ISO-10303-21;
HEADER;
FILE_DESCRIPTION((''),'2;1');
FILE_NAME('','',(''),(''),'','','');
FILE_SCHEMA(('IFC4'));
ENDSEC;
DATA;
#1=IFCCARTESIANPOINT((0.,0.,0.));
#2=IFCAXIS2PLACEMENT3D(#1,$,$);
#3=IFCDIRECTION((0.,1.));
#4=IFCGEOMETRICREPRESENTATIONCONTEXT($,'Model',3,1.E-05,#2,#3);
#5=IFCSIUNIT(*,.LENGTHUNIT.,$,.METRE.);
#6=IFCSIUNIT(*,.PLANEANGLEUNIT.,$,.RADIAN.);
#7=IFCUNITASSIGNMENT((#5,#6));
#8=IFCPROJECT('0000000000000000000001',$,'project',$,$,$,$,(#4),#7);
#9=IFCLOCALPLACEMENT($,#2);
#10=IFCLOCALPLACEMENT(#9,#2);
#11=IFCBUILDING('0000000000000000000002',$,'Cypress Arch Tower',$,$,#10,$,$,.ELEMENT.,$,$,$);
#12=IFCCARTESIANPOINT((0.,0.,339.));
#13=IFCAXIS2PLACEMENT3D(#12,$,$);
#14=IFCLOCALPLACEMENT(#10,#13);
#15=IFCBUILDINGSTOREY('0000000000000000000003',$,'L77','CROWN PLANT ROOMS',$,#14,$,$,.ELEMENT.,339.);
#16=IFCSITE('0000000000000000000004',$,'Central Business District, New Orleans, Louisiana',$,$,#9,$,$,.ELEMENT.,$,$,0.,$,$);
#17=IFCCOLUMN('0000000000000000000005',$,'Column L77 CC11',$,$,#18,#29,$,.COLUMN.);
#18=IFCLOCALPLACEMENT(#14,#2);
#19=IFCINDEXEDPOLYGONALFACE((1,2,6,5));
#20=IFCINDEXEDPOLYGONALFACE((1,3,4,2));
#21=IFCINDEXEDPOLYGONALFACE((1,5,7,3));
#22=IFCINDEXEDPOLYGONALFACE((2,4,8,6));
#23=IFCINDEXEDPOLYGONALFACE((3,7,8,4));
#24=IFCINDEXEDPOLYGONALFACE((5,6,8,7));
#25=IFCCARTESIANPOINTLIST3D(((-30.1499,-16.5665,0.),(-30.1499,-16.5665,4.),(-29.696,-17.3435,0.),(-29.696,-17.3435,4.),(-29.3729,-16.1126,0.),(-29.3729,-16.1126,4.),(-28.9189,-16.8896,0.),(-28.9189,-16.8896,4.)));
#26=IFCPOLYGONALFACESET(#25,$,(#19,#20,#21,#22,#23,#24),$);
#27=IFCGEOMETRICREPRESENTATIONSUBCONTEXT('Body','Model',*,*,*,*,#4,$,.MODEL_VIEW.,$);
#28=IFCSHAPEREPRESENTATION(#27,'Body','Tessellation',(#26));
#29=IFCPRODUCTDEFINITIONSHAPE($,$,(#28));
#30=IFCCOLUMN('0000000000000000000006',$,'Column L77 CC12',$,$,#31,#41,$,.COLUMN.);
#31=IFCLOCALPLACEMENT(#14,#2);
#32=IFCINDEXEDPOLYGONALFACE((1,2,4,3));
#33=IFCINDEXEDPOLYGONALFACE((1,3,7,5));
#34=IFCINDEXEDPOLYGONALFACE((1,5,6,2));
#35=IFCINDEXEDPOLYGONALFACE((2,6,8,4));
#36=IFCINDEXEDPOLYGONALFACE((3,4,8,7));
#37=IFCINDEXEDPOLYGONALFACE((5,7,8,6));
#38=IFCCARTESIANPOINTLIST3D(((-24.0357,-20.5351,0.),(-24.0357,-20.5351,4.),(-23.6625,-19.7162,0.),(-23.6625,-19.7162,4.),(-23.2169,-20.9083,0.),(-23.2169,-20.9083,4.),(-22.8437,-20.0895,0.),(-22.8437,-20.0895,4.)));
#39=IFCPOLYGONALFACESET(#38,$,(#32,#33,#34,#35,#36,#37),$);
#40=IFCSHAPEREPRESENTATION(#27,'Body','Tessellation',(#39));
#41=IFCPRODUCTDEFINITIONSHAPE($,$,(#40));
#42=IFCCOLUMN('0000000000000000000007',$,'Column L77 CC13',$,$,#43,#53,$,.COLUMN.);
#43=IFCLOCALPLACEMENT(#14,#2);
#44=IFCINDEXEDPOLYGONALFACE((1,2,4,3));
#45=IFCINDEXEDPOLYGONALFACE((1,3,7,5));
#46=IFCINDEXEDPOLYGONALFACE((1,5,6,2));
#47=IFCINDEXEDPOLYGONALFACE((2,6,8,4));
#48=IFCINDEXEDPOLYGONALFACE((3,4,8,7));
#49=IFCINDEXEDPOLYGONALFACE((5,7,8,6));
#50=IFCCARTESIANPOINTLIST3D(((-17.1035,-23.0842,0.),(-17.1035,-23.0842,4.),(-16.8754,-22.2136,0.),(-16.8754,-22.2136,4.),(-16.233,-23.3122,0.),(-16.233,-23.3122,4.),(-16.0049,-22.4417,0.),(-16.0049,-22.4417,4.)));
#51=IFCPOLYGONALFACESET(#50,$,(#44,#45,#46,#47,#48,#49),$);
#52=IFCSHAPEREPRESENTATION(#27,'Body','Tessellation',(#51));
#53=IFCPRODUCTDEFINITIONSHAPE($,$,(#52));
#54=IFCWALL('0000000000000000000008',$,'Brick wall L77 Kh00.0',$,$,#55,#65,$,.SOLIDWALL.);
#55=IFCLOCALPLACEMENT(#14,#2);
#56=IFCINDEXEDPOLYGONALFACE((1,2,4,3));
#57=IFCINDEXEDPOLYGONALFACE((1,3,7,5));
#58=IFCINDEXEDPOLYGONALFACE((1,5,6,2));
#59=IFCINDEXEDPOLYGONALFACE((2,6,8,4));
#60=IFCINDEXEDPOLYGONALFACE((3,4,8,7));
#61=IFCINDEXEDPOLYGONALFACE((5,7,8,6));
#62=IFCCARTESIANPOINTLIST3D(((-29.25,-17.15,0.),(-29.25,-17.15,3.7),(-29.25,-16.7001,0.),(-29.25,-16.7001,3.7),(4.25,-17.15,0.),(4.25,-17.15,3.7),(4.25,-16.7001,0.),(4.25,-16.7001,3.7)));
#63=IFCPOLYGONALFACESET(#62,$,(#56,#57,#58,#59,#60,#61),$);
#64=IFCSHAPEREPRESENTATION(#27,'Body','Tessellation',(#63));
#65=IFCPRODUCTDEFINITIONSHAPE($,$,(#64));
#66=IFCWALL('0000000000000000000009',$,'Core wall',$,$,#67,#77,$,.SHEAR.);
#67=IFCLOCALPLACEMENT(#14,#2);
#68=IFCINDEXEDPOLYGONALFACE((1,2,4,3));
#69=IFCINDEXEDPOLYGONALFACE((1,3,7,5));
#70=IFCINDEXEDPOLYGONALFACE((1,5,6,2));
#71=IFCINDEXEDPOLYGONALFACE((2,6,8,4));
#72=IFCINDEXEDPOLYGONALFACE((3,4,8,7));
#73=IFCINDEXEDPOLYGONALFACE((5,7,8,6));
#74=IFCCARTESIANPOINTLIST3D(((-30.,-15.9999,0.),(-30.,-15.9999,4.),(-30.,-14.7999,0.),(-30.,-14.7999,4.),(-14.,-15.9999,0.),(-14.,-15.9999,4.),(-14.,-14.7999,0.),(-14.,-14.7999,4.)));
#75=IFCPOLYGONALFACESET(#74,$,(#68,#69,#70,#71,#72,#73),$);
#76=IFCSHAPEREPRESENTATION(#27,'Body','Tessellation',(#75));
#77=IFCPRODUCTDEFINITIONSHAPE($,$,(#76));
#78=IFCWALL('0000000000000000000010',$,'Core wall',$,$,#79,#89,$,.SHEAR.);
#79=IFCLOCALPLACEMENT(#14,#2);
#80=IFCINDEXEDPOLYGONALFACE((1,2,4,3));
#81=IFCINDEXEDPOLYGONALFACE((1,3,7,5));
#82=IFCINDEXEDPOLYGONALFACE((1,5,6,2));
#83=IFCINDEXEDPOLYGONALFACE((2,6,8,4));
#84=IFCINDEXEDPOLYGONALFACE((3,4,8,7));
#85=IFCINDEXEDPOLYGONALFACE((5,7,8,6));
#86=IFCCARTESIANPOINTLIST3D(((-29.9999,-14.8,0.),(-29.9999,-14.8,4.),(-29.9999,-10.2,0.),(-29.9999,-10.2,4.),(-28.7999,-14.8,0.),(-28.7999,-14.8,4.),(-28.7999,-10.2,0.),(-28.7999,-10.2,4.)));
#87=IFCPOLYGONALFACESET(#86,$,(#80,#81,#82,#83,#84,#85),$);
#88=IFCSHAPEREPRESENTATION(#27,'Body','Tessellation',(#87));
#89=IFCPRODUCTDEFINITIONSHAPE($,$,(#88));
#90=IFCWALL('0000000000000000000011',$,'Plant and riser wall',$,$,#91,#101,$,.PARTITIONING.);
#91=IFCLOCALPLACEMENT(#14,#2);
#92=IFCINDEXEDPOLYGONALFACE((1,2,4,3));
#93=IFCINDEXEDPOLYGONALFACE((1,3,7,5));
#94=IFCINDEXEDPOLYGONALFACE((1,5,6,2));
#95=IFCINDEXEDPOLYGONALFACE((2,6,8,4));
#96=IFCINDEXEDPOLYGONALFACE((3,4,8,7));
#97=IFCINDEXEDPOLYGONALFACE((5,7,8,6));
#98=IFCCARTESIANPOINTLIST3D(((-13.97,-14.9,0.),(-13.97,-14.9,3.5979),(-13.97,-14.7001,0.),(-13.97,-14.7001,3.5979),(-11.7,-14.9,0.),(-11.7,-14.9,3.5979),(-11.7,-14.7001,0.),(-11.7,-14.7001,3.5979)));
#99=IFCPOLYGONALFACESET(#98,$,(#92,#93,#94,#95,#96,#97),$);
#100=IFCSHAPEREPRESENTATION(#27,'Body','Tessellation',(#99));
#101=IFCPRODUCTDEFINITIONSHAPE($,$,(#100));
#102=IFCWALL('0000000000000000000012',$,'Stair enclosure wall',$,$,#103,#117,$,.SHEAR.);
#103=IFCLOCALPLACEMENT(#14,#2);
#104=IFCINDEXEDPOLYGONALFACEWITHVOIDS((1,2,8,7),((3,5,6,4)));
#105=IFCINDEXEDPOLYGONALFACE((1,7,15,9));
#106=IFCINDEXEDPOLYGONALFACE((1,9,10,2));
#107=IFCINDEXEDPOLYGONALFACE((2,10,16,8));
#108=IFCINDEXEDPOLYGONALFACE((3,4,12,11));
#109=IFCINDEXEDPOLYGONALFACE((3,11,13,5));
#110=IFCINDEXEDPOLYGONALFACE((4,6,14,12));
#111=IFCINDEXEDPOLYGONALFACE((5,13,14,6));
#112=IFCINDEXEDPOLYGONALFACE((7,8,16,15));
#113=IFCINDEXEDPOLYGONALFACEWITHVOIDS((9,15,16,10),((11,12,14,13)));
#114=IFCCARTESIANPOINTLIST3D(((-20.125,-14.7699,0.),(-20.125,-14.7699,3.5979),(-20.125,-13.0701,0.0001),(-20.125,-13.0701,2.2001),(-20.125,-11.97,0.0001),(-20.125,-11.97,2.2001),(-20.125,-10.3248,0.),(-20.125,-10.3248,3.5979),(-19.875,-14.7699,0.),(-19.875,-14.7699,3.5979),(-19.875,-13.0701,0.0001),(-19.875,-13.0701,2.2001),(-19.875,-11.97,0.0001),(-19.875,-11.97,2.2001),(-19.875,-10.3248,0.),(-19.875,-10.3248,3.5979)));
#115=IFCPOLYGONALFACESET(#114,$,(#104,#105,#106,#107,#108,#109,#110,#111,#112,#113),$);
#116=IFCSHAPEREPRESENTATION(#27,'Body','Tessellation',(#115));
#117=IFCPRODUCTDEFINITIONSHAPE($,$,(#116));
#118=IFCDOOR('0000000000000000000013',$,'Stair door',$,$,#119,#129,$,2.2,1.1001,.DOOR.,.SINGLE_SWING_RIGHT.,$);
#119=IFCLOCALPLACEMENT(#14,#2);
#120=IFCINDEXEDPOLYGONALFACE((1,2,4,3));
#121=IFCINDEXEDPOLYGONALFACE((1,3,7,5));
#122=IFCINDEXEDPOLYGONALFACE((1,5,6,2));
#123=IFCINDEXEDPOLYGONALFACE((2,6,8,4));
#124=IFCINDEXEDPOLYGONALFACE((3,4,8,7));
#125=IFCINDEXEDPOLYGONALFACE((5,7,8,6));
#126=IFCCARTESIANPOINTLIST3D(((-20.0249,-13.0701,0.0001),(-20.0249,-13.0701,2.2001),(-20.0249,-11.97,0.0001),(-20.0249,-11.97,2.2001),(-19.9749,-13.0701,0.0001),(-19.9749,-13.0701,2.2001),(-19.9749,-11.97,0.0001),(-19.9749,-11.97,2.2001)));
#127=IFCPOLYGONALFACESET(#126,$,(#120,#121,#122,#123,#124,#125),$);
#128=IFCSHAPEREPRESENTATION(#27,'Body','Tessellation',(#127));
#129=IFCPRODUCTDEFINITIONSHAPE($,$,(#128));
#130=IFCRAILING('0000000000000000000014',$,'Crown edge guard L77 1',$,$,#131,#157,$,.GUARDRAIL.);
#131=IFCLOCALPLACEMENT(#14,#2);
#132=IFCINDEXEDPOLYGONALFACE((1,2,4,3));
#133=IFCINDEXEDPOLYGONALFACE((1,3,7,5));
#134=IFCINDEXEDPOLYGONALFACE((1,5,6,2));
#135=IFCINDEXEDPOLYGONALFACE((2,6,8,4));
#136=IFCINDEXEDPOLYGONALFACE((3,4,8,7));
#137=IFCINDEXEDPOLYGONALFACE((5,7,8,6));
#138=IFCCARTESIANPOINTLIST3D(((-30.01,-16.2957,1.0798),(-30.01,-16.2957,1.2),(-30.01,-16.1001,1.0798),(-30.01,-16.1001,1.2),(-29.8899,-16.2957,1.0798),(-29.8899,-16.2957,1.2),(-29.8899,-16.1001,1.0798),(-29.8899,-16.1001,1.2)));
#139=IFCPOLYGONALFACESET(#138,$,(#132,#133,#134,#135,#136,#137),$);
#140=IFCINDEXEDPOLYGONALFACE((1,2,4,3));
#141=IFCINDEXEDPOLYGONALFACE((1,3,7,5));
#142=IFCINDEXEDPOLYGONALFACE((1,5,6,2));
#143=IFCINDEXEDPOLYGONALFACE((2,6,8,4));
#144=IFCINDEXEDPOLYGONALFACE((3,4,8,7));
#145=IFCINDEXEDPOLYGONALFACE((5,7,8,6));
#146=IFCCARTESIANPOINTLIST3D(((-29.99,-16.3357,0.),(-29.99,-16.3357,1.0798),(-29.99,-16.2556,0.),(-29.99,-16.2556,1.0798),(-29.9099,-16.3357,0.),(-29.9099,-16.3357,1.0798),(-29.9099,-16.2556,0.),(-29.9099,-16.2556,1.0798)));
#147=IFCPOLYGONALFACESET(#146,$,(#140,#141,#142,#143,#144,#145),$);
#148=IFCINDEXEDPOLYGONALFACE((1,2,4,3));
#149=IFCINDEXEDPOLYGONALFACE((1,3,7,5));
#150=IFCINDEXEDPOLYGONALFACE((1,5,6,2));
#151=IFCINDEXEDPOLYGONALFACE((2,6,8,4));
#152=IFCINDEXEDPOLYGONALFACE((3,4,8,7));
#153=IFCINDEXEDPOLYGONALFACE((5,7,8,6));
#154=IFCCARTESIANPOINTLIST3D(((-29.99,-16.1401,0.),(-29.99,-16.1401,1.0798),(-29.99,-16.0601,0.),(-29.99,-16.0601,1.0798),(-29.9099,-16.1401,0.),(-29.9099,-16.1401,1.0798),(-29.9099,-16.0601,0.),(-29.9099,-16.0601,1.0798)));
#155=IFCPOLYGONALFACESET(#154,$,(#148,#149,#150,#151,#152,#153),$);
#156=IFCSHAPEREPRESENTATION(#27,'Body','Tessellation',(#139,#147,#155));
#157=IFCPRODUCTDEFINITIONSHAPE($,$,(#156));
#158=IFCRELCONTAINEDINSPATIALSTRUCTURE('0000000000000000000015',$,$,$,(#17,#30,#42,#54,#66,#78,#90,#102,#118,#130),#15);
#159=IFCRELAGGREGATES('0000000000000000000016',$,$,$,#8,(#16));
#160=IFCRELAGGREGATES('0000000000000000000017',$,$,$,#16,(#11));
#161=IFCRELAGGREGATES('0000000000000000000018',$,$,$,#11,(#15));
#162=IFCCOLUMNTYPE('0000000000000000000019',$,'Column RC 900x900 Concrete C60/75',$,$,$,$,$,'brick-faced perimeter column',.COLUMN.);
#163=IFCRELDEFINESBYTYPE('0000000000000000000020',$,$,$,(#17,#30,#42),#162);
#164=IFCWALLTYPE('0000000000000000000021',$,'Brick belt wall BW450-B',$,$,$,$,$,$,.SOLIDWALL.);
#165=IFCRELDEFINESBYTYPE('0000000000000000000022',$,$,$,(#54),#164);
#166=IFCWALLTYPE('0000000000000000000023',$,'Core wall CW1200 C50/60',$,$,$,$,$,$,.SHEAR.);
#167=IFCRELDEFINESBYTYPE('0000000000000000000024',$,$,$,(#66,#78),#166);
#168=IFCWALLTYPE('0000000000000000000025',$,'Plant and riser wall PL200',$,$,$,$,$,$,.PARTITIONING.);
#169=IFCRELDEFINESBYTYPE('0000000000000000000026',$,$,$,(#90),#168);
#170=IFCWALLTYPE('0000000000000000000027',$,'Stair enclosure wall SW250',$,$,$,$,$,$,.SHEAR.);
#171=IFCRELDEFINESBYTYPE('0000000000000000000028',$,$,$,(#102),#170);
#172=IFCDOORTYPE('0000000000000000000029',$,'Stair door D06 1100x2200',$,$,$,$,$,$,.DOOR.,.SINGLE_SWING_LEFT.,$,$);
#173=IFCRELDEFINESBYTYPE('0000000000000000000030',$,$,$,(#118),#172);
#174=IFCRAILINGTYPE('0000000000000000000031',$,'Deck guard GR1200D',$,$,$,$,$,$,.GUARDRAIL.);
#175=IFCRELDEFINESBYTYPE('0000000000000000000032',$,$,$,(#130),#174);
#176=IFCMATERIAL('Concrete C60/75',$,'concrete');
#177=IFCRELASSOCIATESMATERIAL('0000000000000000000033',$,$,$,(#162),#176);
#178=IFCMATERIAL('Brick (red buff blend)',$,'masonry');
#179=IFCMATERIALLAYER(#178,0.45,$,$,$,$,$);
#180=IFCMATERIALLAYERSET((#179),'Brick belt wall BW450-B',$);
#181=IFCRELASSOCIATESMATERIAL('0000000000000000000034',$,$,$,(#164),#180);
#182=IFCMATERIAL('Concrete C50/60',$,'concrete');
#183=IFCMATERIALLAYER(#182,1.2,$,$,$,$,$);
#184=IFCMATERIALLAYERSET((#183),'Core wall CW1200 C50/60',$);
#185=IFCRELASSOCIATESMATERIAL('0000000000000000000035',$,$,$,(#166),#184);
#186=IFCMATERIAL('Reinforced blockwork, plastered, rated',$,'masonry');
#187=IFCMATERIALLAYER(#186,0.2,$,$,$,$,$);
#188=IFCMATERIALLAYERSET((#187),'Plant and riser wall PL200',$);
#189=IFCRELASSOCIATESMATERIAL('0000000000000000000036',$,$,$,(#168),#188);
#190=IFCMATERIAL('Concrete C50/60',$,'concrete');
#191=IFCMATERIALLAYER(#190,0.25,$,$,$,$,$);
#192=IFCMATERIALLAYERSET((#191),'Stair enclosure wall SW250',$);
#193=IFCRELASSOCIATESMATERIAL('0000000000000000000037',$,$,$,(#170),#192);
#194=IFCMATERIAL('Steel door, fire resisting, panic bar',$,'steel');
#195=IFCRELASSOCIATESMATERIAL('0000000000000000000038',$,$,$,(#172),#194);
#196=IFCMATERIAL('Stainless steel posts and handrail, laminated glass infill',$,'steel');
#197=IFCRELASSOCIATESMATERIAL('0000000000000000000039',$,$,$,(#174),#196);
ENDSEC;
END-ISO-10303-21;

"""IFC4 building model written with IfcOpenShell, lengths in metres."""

from ifc_helpers import new_model, si_unit, direction, frame, frame_2d, origin, origin_2d, place, context, subcontext, project, spatial, rectangle, extrude, material, layer, layer_set, material_profile, profile_set, type_object, element, fill, save


model = new_model("IFC4")

# Units and contexts
model_context = context("Model", 3, precision=1e-05, world=origin(), true_north=direction((0.0, 1.0)))
body_context = subcontext(model_context, "Body", "Model", "MODEL_VIEW")
ifc_project = project(units=[si_unit("LENGTHUNIT", "METRE"), si_unit("PLANEANGLEUNIT", "RADIAN")], contexts=[model_context])

# Site, building, storey
site_placement = place(None, origin())
site = spatial("IfcSite", under=ifc_project, at=site_placement, Name="Central Business District, New Orleans, Louisiana", CompositionType="ELEMENT", RefElevation=0.0)
building_placement = place(site_placement, origin())
building = spatial("IfcBuilding", under=site, at=building_placement, Name="Cypress Arch Tower", CompositionType="ELEMENT")
storey_placement = place(building_placement, frame((0.0, 0.0, 339.0)))
storey = spatial("IfcBuildingStorey", under=building, at=storey_placement, Name="L77", Description="CROWN PLANT ROOMS", CompositionType="ELEMENT", Elevation=339.0)

# Columns
ifc_material_1 = material(Name="Concrete C60/75", Category="concrete")
ifc_material_profile_1 = material_profile(ifc_material_1, rectangle(XDim=0.8999, YDim=0.8999, at=origin_2d()), Name="RC 900x900")
ifc_profile_set_1 = profile_set([ifc_material_profile_1], Name="Concrete C60/75")
column_type = type_object("IfcColumnType", Name="Column RC 900x900 Concrete C60/75", ElementType="brick-faced perimeter column", PredefinedType="COLUMN", material=ifc_profile_set_1)
for number, where, z_axis, x_axis, name in (
    (1, (-29.5344, -16.728, 0.0), (0.0, 0.0, 1.0), (0.504399, -0.863471, 0.0), "Column L77 CC11"),
    (2, (-23.4397, -20.3123, 0.0), (0.0, 0.0, 1.0), (0.909932, -0.414757, 0.0), "Column L77 CC12"),
    (3, (-16.5542, -22.7629, 0.0), (0.0, 0.0, 1.0), (0.967356, -0.253422, 0.0), "Column L77 CC13"),
):
    element("IfcColumn", number, at=place(storey_placement, frame(where, z_axis=z_axis, x_axis=x_axis)), inside=storey, type_object=column_type, Name=name, PredefinedType="COLUMN", context=body_context, shape_type="SweptSolid", body=[
        extrude(rectangle(XDim=0.8999, YDim=0.8999, at=origin_2d()), origin(), (0.0, 0.0, 1.0), 4.0),
    ])

# Walls
ifc_material_2 = material(Name="Brick (red buff blend)", Category="masonry")
ifc_layer_1 = layer(ifc_material_2, 0.45)
ifc_layer_set_1 = layer_set([ifc_layer_1], Name="Brick belt wall BW450-B")
wall_type_1 = type_object("IfcWallType", Name="Brick belt wall BW450-B", PredefinedType="SOLIDWALL", material=ifc_layer_set_1)
wall_1_placement = place(storey_placement, frame((-29.25, -16.925, 0.0), z_axis=(0.0, 0.0, 1.0), x_axis=(1.0, 0.0, 0.0)))
element("IfcWall", 4, at=wall_1_placement, inside=storey, type_object=wall_type_1, Name="Brick wall L77 Kh00.0", PredefinedType="SOLIDWALL", context=body_context, shape_type="SweptSolid", body=[
    extrude(rectangle(XDim=33.5, YDim=0.45, at=frame_2d((16.75, 0.0))), origin(), (0.0, 0.0, 1.0), 3.7),
])
ifc_material_3 = material(Name="Concrete C50/60", Category="concrete")
ifc_layer_2 = layer(ifc_material_3, 1.2)
ifc_layer_set_2 = layer_set([ifc_layer_2], Name="Core wall CW1200 C50/60")
wall_type_2 = type_object("IfcWallType", Name="Core wall CW1200 C50/60", PredefinedType="SHEAR", material=ifc_layer_set_2)
wall_2_placement = place(storey_placement, frame((-30.0, -15.3999, 0.0), z_axis=(0.0, 0.0, 1.0), x_axis=(1.0, 0.0, 0.0)))
element("IfcWall", 5, at=wall_2_placement, inside=storey, type_object=wall_type_2, Name="Core wall", PredefinedType="SHEAR", context=body_context, shape_type="SweptSolid", body=[
    extrude(rectangle(XDim=16.0, YDim=1.2, at=frame_2d((8.0, 0.0))), origin(), (0.0, 0.0, 1.0), 4.0),
])
wall_3_placement = place(storey_placement, frame((-29.3999, -14.8, 0.0), z_axis=(0.0, 0.0, 1.0), x_axis=(0.0, 1.0, 0.0)))
element("IfcWall", 6, at=wall_3_placement, inside=storey, type_object=wall_type_2, Name="Core wall", PredefinedType="SHEAR", context=body_context, shape_type="SweptSolid", body=[
    extrude(rectangle(XDim=4.6001, YDim=1.2, at=frame_2d((2.3, 0.0))), origin(), (0.0, 0.0, 1.0), 4.0),
])

# Wall
ifc_material_4 = material(Name="Reinforced blockwork, plastered, rated", Category="masonry")
ifc_layer_3 = layer(ifc_material_4, 0.2)
ifc_layer_set_3 = layer_set([ifc_layer_3], Name="Plant and riser wall PL200")
wall_type_3 = type_object("IfcWallType", Name="Plant and riser wall PL200", PredefinedType="PARTITIONING", material=ifc_layer_set_3)
wall_4_placement = place(storey_placement, frame((-13.97, -14.8, 0.0), z_axis=(0.0, 0.0, 1.0), x_axis=(1.0, 0.0, 0.0)))
element("IfcWall", 7, at=wall_4_placement, inside=storey, type_object=wall_type_3, Name="Plant and riser wall", PredefinedType="PARTITIONING", context=body_context, shape_type="SweptSolid", body=[
    extrude(rectangle(XDim=2.27, YDim=0.2, at=frame_2d((1.135, 0.0))), origin(), (0.0, 0.0, 1.0), 3.5979),
])

# Wall, opening, door
ifc_material_5 = material(Name="Concrete C50/60", Category="concrete")
ifc_layer_4 = layer(ifc_material_5, 0.25)
ifc_layer_set_4 = layer_set([ifc_layer_4], Name="Stair enclosure wall SW250")
wall_type_4 = type_object("IfcWallType", Name="Stair enclosure wall SW250", PredefinedType="SHEAR", material=ifc_layer_set_4)
wall_5_placement = place(storey_placement, frame((-20.0, -14.77, 0.0), z_axis=(0.0, 0.0, 1.0), x_axis=(0.0, 1.0, 0.0)))
wall_5 = element("IfcWall", 8, at=wall_5_placement, inside=storey, type_object=wall_type_4, Name="Stair enclosure wall", PredefinedType="SHEAR", context=body_context, shape_type="SweptSolid", body=[
    extrude(rectangle(XDim=4.4451, YDim=0.25, at=frame_2d((2.2227, 0.0))), origin(), (0.0, 0.0, 1.0), 3.5979),
])
opening_1_placement = place(wall_5_placement, frame((1.7, 0.0, 0.0)))
opening_1 = element("IfcOpeningElement", 9, at=opening_1_placement, cuts=wall_5, PredefinedType="OPENING", context=body_context, shape_type="SweptSolid", body=[
    extrude(rectangle(XDim=1.1001, YDim=2.2, at=frame_2d((0.55, 1.1001))), frame((0.0, 0.135, 0.0), z_axis=(0.0, -1.0, 0.0), x_axis=(1.0, 0.0, 0.0)), (0.0, 0.0, 1.0), 0.27),
])
ifc_material_6 = material(Name="Steel door, fire resisting, panic bar", Category="steel")
door_type_1 = type_object("IfcDoorType", Name="Stair door D06 1100x2200", OperationType="SINGLE_SWING_LEFT", PredefinedType="DOOR", material=ifc_material_6)
door_1_placement = place(opening_1_placement, origin())
door_1 = element("IfcDoor", 10, at=door_1_placement, inside=storey, type_object=door_type_1, Name="Stair door", OperationType="SINGLE_SWING_RIGHT", OverallHeight=2.2, OverallWidth=1.1001, PredefinedType="DOOR", context=body_context, shape_type="SweptSolid", body=[
    extrude(rectangle(XDim=1.1001, YDim=2.2, at=frame_2d((0.55, 1.1001))), frame((0.0, 0.0249, 0.0), z_axis=(0.0, -1.0, 0.0), x_axis=(1.0, 0.0, 0.0)), (0.0, 0.0, 1.0), 0.05),
])
fill(opening_1, door_1)

# Railing
ifc_material_7 = material(Name="Stainless steel posts and handrail, laminated glass infill", Category="steel")
railing_type_1 = type_object("IfcRailingType", Name="Deck guard GR1200D", PredefinedType="GUARDRAIL", material=ifc_material_7)
railing_1_placement = place(storey_placement, frame((-29.95, -16.2957, 0.0)))
element("IfcRailing", 11, at=railing_1_placement, inside=storey, type_object=railing_type_1, Name="Crown edge guard L77 1", PredefinedType="GUARDRAIL", context=body_context, shape_type="SweptSolid", body=[
    extrude(rectangle(XDim=0.1201, YDim=0.1201, at=origin_2d()), frame((0.0, 0.0, 1.1399), z_axis=(0.0, 1.0, 0.0), x_axis=(-1.0, 0.0, 0.0)), (0.0, 0.0, 1.0), 0.1956),
    extrude(rectangle(XDim=0.0801, YDim=0.0801, at=origin_2d()), origin(), (0.0, 0.0, 1.0), 1.0798),
    extrude(rectangle(XDim=0.0801, YDim=0.0801, at=origin_2d()), frame((0.0, 0.1956, 0.0)), (0.0, 0.0, 1.0), 1.0798),
])

save(model, "model.ifc")
